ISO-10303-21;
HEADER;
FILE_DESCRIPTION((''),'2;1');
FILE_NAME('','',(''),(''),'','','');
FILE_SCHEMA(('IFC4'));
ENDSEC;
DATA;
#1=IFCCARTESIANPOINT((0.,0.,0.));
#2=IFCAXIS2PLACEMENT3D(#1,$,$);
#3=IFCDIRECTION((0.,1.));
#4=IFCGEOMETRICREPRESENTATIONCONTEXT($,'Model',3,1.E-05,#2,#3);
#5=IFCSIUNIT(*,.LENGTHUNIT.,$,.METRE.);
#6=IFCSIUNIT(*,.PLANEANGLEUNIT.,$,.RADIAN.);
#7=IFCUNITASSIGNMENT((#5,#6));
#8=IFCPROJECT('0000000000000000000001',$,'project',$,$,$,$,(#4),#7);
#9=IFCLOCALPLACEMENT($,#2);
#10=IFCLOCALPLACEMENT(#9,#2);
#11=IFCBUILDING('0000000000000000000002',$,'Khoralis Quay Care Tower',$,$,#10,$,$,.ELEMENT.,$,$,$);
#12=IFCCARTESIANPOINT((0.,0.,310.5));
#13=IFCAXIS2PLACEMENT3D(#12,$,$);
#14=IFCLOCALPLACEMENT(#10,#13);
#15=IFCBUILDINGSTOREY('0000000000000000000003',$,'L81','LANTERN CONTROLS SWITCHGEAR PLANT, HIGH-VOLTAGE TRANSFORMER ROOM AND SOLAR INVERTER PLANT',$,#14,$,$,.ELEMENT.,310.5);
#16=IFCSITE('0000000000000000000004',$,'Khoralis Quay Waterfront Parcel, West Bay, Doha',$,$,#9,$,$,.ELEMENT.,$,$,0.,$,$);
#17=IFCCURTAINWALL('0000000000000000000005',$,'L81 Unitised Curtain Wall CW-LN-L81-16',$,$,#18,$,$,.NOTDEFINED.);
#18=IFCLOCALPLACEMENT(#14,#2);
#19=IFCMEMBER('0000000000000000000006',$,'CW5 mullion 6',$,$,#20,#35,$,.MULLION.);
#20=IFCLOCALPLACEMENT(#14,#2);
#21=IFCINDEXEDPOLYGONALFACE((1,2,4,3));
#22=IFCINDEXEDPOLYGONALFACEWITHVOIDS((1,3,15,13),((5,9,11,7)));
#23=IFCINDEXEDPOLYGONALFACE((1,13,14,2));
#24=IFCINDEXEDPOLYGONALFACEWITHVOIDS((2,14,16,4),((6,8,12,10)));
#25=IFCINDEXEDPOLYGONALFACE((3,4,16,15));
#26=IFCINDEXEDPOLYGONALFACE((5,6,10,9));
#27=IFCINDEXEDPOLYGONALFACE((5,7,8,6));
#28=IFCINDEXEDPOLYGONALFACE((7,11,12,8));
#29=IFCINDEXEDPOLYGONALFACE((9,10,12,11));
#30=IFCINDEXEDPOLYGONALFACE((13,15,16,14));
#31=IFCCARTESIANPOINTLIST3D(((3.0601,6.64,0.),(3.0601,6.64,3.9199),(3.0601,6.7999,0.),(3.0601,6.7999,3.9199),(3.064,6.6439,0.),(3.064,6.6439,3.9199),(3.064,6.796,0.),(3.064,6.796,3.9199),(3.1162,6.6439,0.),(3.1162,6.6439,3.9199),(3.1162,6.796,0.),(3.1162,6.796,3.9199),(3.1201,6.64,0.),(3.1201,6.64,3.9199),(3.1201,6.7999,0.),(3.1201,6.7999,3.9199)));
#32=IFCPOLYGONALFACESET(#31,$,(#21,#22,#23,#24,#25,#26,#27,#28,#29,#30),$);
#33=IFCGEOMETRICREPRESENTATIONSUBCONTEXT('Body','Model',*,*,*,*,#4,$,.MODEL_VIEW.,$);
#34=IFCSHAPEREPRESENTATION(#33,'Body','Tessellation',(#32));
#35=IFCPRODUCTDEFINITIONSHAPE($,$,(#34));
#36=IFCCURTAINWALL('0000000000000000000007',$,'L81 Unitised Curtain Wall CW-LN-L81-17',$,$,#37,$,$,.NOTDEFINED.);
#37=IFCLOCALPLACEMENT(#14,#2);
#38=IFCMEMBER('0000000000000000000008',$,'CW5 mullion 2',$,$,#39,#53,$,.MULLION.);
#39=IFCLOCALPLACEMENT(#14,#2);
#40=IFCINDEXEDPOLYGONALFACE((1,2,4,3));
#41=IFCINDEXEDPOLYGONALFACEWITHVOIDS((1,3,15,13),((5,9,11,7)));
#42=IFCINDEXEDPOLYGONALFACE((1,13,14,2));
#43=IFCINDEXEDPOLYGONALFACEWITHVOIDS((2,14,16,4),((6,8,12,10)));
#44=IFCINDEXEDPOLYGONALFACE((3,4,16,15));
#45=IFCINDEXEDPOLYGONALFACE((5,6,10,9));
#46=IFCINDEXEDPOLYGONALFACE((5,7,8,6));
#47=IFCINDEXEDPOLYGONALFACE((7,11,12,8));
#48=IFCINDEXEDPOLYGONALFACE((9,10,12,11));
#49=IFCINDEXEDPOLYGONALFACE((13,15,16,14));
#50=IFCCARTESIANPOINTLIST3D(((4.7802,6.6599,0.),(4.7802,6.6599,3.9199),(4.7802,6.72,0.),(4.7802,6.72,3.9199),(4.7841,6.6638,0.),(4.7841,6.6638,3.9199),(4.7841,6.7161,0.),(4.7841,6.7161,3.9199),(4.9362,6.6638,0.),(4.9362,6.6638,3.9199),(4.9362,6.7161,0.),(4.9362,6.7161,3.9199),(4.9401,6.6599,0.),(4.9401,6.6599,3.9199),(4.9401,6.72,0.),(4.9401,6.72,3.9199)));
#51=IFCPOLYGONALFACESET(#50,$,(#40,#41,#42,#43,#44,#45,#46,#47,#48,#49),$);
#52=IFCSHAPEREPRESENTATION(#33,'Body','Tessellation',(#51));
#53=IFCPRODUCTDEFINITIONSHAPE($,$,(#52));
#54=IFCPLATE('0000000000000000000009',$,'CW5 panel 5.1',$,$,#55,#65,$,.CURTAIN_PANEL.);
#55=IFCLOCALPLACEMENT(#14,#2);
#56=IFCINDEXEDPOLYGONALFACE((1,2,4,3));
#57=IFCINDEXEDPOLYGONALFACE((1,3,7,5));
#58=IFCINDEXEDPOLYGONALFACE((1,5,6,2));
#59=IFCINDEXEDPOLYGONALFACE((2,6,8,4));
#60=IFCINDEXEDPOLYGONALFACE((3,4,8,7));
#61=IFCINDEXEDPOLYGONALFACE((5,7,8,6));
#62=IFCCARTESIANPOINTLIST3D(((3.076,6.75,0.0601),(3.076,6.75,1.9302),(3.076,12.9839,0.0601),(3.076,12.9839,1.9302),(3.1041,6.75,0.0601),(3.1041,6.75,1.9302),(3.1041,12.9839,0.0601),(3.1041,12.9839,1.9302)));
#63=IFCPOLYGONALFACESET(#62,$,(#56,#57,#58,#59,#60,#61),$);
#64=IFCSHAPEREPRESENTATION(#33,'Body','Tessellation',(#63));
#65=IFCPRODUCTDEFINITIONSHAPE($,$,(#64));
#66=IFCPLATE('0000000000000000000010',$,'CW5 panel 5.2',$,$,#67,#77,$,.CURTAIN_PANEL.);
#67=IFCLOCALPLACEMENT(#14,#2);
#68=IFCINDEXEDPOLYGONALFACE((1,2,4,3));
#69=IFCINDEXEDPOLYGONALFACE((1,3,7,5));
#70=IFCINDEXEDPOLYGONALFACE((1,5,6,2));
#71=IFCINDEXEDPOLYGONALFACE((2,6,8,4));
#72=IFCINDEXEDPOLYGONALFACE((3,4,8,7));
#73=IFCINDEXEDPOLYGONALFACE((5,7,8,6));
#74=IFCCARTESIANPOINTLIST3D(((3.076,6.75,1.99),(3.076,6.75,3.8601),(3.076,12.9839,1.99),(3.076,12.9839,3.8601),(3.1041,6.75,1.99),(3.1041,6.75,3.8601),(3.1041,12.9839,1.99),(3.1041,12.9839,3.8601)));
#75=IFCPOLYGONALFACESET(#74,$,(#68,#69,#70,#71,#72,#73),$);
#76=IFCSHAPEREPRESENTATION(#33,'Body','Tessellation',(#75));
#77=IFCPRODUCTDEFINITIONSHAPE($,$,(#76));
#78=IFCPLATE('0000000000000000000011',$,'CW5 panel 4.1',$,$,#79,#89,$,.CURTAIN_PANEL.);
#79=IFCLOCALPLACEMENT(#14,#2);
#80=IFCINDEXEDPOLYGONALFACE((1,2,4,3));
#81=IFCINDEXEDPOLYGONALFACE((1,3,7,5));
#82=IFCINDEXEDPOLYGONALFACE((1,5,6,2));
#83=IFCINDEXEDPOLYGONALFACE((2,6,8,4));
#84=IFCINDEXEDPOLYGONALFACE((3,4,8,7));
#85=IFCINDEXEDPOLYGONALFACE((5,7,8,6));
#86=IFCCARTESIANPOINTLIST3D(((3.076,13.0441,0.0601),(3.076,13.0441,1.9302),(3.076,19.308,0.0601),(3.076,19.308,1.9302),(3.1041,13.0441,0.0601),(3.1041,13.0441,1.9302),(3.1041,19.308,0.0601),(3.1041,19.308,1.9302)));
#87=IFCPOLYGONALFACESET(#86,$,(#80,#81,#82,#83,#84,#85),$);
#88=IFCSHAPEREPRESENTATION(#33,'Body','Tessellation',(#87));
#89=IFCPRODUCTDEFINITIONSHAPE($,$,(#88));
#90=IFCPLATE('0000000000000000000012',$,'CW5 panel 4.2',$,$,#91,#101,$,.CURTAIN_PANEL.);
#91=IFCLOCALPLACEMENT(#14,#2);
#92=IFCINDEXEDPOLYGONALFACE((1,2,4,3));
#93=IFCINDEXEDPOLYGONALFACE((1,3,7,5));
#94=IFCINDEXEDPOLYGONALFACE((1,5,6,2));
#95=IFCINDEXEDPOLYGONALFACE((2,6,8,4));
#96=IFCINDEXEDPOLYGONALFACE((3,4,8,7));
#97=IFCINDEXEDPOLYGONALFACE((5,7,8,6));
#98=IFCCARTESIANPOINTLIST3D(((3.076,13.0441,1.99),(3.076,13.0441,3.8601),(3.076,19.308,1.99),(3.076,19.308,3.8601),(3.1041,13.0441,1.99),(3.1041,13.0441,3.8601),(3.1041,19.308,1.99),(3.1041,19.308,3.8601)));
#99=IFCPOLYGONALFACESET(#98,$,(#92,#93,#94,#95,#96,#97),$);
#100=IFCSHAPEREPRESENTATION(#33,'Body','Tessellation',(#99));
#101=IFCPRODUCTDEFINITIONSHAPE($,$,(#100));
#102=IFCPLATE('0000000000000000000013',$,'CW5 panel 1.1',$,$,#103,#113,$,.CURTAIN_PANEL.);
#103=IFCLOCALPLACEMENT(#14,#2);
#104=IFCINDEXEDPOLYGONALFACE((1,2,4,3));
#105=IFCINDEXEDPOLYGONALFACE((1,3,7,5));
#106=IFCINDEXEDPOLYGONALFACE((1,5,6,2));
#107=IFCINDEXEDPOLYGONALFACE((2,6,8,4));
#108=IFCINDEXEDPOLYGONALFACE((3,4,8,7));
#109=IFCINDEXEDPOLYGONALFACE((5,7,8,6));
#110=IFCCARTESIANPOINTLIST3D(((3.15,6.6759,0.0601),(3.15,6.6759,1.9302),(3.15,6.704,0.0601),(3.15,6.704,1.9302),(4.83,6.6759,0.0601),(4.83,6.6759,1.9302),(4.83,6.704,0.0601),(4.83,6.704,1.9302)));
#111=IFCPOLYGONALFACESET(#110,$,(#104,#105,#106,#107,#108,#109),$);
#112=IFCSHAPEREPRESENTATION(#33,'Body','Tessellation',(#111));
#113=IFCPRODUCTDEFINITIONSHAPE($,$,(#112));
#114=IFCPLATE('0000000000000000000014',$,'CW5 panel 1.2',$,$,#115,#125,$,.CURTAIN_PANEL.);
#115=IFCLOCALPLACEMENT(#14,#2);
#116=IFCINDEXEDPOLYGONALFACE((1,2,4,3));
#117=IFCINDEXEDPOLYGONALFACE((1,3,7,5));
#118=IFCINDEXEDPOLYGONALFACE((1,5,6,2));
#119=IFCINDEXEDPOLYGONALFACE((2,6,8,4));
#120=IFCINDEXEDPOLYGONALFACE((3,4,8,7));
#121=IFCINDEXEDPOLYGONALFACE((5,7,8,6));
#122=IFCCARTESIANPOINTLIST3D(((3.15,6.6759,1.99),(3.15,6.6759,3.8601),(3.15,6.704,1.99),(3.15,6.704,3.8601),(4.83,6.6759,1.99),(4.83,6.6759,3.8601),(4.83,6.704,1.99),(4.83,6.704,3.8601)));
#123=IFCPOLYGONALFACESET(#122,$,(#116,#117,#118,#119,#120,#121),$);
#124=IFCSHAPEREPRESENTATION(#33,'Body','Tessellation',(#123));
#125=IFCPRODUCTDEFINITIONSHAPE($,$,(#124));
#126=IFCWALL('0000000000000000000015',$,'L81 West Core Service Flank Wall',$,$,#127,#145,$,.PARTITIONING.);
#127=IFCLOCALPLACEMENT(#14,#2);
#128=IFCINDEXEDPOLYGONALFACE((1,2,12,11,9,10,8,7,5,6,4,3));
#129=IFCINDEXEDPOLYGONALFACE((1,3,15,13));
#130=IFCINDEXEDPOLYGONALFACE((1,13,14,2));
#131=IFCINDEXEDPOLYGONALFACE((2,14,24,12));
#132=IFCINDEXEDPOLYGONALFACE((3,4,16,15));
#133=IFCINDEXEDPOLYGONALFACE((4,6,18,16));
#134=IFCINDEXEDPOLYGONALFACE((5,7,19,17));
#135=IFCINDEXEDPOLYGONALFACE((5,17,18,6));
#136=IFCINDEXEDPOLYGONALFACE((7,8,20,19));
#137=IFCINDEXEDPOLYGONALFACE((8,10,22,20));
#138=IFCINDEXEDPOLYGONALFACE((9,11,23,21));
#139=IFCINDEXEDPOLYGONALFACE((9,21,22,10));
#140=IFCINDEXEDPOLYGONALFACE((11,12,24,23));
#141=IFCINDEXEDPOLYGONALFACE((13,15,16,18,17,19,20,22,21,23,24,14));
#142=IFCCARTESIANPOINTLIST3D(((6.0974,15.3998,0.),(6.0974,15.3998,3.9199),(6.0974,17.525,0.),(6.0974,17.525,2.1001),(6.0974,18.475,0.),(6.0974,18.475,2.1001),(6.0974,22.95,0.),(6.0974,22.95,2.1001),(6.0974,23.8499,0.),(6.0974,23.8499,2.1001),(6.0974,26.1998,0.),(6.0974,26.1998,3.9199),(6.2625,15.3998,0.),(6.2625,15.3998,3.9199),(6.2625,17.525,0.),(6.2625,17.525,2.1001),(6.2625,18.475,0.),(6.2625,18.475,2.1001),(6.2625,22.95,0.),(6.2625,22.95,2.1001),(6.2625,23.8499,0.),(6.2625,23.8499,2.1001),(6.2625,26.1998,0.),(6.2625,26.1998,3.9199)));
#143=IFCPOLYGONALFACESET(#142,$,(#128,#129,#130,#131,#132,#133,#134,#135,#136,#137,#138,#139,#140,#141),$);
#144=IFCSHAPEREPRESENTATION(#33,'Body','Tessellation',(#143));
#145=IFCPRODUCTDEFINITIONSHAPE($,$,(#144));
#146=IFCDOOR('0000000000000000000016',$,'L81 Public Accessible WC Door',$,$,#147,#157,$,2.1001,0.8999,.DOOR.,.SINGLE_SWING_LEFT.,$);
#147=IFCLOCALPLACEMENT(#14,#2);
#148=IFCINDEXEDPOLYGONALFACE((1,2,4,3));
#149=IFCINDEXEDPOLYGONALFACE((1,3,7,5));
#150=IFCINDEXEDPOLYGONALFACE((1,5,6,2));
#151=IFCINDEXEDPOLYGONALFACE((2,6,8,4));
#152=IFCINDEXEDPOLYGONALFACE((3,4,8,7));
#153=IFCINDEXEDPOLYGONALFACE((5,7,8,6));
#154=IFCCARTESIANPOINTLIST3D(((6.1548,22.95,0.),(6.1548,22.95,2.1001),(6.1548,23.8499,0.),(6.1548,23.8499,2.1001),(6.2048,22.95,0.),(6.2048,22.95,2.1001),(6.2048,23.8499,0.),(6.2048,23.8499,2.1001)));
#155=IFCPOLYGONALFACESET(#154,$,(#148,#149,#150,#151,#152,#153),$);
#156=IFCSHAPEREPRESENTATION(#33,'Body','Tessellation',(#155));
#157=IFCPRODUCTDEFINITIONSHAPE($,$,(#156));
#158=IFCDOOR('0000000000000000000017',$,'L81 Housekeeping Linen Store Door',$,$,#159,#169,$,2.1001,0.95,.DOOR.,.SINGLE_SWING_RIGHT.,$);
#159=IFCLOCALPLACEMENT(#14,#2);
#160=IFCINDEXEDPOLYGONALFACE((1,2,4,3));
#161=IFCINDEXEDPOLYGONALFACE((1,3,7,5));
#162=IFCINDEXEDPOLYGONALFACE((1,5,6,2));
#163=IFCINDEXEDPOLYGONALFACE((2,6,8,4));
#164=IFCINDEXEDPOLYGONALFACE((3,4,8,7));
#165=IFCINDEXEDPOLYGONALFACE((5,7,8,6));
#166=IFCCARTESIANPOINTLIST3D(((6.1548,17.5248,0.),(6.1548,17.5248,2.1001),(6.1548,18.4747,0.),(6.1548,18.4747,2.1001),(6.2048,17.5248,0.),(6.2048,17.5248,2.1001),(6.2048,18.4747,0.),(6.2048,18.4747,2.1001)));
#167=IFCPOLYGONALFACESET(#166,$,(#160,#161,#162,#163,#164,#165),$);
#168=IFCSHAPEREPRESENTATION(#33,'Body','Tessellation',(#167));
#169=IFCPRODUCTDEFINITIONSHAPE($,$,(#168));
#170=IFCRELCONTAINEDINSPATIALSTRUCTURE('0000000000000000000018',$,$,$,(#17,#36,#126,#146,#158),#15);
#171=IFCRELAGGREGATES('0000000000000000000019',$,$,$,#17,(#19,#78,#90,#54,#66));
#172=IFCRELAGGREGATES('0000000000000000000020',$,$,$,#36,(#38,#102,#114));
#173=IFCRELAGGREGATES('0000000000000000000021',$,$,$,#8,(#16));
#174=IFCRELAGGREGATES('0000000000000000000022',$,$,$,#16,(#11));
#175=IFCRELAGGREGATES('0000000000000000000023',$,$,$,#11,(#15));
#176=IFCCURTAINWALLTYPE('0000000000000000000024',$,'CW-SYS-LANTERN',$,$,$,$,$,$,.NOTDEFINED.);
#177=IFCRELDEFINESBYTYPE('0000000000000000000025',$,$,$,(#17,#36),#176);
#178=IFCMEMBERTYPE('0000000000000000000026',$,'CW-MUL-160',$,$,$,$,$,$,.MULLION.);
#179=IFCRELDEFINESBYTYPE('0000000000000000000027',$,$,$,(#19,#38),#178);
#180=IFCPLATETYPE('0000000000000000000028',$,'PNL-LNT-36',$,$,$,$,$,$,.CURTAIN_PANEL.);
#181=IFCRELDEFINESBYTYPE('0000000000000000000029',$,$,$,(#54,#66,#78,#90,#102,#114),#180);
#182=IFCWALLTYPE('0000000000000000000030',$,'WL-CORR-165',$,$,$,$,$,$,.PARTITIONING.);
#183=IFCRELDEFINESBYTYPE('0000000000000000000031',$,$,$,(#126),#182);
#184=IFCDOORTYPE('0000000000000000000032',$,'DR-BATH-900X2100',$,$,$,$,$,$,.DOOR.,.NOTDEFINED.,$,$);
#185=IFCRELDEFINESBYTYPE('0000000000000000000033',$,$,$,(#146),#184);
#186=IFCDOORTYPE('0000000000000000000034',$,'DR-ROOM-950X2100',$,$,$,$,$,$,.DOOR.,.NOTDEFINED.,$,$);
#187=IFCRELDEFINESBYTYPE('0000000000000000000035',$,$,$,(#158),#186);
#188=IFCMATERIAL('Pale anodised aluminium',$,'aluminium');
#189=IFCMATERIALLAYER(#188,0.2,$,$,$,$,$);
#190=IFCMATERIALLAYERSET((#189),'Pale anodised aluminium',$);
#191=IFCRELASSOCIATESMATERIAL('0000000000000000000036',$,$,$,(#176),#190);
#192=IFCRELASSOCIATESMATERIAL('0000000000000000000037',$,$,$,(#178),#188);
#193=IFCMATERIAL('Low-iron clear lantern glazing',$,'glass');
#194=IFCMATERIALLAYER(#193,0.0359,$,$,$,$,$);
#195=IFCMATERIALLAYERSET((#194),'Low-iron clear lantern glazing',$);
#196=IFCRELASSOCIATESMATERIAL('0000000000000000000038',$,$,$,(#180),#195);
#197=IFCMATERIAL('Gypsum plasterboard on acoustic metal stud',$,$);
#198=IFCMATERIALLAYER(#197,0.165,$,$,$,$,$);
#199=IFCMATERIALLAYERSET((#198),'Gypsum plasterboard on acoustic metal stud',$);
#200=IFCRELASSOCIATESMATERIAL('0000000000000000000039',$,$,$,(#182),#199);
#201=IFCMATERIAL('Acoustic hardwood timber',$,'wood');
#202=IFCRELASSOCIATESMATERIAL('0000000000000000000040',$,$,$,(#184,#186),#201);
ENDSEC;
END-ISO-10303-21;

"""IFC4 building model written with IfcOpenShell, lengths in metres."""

from ifc_helpers import new_model, si_unit, direction, frame, frame_2d, origin, origin_2d, place, context, subcontext, project, spatial, rectangle, hollow_rectangle, extrude, source, transform, mapped, material, layer, layer_set, material_profile, profile_set, type_object, element, fill, aggregate, save


model = new_model("IFC4")

# Units and contexts
model_context = context("Model", 3, precision=1e-05, world=origin(), true_north=direction((0.0, 1.0)))
body_context = subcontext(model_context, "Body", "Model", "MODEL_VIEW")
ifc_project = project(units=[si_unit("LENGTHUNIT", "METRE"), si_unit("PLANEANGLEUNIT", "RADIAN")], contexts=[model_context])

# Site, building, storey
site_placement = place(None, origin())
site = spatial("IfcSite", under=ifc_project, at=site_placement, Name="Khoralis Quay Waterfront Parcel, West Bay, Doha", CompositionType="ELEMENT", RefElevation=0.0)
building_placement = place(site_placement, origin())
building = spatial("IfcBuilding", under=site, at=building_placement, Name="Khoralis Quay Care Tower", CompositionType="ELEMENT")
storey_placement = place(building_placement, frame((0.0, 0.0, 310.5)))
storey = spatial("IfcBuildingStorey", under=building, at=storey_placement, Name="L81", Description="LANTERN CONTROLS SWITCHGEAR PLANT, HIGH-VOLTAGE TRANSFORMER ROOM AND SOLAR INVERTER PLANT", CompositionType="ELEMENT", Elevation=310.5)

# Curtain wall, member
ifc_material_1 = material(Name="Pale anodised aluminium", Category="aluminium")
ifc_layer_1 = layer(ifc_material_1, 0.2)
ifc_layer_set_1 = layer_set([ifc_layer_1], Name="Pale anodised aluminium")
curtain_wall_type = type_object("IfcCurtainWallType", Name="CW-SYS-LANTERN", PredefinedType="NOTDEFINED", material=ifc_layer_set_1)
curtain_wall_1_placement = place(storey_placement, origin())
curtain_wall_1 = element("IfcCurtainWall", 1, at=curtain_wall_1_placement, inside=storey, type_object=curtain_wall_type, Name="L81 Unitised Curtain Wall CW-LN-L81-16", PredefinedType="NOTDEFINED")
ifc_material_profile_1 = material_profile(ifc_material_1, hollow_rectangle(XDim=0.0601, YDim=0.1599, WallThickness=0.0039, at=origin_2d()), Name="Pale anodised aluminium")
ifc_profile_set_1 = profile_set([ifc_material_profile_1], Name="Pale anodised aluminium")
member_type_1 = type_object("IfcMemberType", Name="CW-MUL-160", PredefinedType="MULLION", material=ifc_profile_set_1)
shared_shape_1 = source(origin(), body_context, "Body", "SweptSolid", [
    extrude(hollow_rectangle(XDim=0.0601, YDim=0.1599, WallThickness=0.0039, at=origin_2d()), origin(), (0.0, 0.0, 1.0), 3.9199),
])
member_1_placement = place(storey_placement, frame((3.0901, 6.72, 0.0), z_axis=(0.0, 0.0, 1.0), x_axis=(1.0, 0.0, 0.0)))
member_1 = element("IfcMember", 2, at=member_1_placement, type_object=member_type_1, Name="CW5 mullion 6", PredefinedType="MULLION", context=body_context, shape_type="MappedRepresentation", body=[
    mapped(shared_shape_1, transform((0.0, 0.0, 0.0), scale=1.0)),
])

# Curtain wall, member
curtain_wall_2_placement = place(storey_placement, origin())
curtain_wall_2 = element("IfcCurtainWall", 3, at=curtain_wall_2_placement, inside=storey, type_object=curtain_wall_type, Name="L81 Unitised Curtain Wall CW-LN-L81-17", PredefinedType="NOTDEFINED")
member_2_placement = place(storey_placement, frame((4.8601, 6.6899, 0.0), z_axis=(0.0, 0.0, 1.0), x_axis=(0.0, 1.0, 0.0)))
member_2 = element("IfcMember", 4, at=member_2_placement, type_object=member_type_1, Name="CW5 mullion 2", PredefinedType="MULLION", context=body_context, shape_type="MappedRepresentation", body=[
    mapped(shared_shape_1, transform((0.0, 0.0, 0.0), scale=1.0)),
])

# Plates
ifc_material_2 = material(Name="Low-iron clear lantern glazing", Category="glass")
ifc_layer_2 = layer(ifc_material_2, 0.0359)
ifc_layer_set_2 = layer_set([ifc_layer_2], Name="Low-iron clear lantern glazing")
plate_type = type_object("IfcPlateType", Name="PNL-LNT-36", PredefinedType="CURTAIN_PANEL", material=ifc_layer_set_2)
shared_shape_2 = source(origin(), body_context, "Body", "SweptSolid", [
    extrude(rectangle(XDim=6.2339, YDim=0.0281, at=origin_2d()), origin(), (0.0, 0.0, 1.0), 1.8701),
])
plate_1_placement = place(storey_placement, frame((3.0901, 9.8669, 0.0601), z_axis=(0.0, 0.0, 1.0), x_axis=(0.0, -1.0, 0.0)))
plate_1 = element("IfcPlate", 5, at=plate_1_placement, type_object=plate_type, Name="CW5 panel 5.1", PredefinedType="CURTAIN_PANEL", context=body_context, shape_type="MappedRepresentation", body=[
    mapped(shared_shape_2, transform((0.0, 0.0, 0.0), scale=1.0)),
])
plate_2_placement = place(storey_placement, frame((3.0901, 9.8669, 1.99), z_axis=(0.0, 0.0, 1.0), x_axis=(0.0, -1.0, 0.0)))
plate_2 = element("IfcPlate", 6, at=plate_2_placement, type_object=plate_type, Name="CW5 panel 5.2", PredefinedType="CURTAIN_PANEL", context=body_context, shape_type="MappedRepresentation", body=[
    mapped(shared_shape_2, transform((0.0, 0.0, 0.0), scale=1.0)),
])
shared_shape_3 = source(origin(), body_context, "Body", "SweptSolid", [
    extrude(rectangle(XDim=6.2639, YDim=0.0281, at=origin_2d()), origin(), (0.0, 0.0, 1.0), 1.8701),
])
plate_3_placement = place(storey_placement, frame((3.0901, 16.176, 0.0601), z_axis=(0.0, 0.0, 1.0), x_axis=(0.0, -1.0, 0.0)))
plate_3 = element("IfcPlate", 7, at=plate_3_placement, type_object=plate_type, Name="CW5 panel 4.1", PredefinedType="CURTAIN_PANEL", context=body_context, shape_type="MappedRepresentation", body=[
    mapped(shared_shape_3, transform((0.0, 0.0, 0.0), scale=1.0)),
])
plate_4_placement = place(storey_placement, frame((3.0901, 16.176, 1.99), z_axis=(0.0, 0.0, 1.0), x_axis=(0.0, -1.0, 0.0)))
plate_4 = element("IfcPlate", 8, at=plate_4_placement, type_object=plate_type, Name="CW5 panel 4.2", PredefinedType="CURTAIN_PANEL", context=body_context, shape_type="MappedRepresentation", body=[
    mapped(shared_shape_3, transform((0.0, 0.0, 0.0), scale=1.0)),
])
aggregate(curtain_wall_1, [member_1, plate_3, plate_4, plate_1, plate_2])
shared_shape_4 = source(origin(), body_context, "Body", "SweptSolid", [
    extrude(rectangle(XDim=1.6799, YDim=0.0281, at=origin_2d()), origin(), (0.0, 0.0, 1.0), 1.8701),
])
plate_5_placement = place(storey_placement, frame((3.99, 6.6899, 0.0601), z_axis=(0.0, 0.0, 1.0), x_axis=(1.0, 0.0, 0.0)))
plate_5 = element("IfcPlate", 9, at=plate_5_placement, type_object=plate_type, Name="CW5 panel 1.1", PredefinedType="CURTAIN_PANEL", context=body_context, shape_type="MappedRepresentation", body=[
    mapped(shared_shape_4, transform((0.0, 0.0, 0.0), scale=1.0)),
])
plate_6_placement = place(storey_placement, frame((3.99, 6.6899, 1.99), z_axis=(0.0, 0.0, 1.0), x_axis=(1.0, 0.0, 0.0)))
plate_6 = element("IfcPlate", 10, at=plate_6_placement, type_object=plate_type, Name="CW5 panel 1.2", PredefinedType="CURTAIN_PANEL", context=body_context, shape_type="MappedRepresentation", body=[
    mapped(shared_shape_4, transform((0.0, 0.0, 0.0), scale=1.0)),
])
aggregate(curtain_wall_2, [member_2, plate_5, plate_6])

# Wall, openings, doors
ifc_material_3 = material(Name="Gypsum plasterboard on acoustic metal stud")
ifc_layer_3 = layer(ifc_material_3, 0.165)
ifc_layer_set_3 = layer_set([ifc_layer_3], Name="Gypsum plasterboard on acoustic metal stud")
wall_type = type_object("IfcWallType", Name="WL-CORR-165", PredefinedType="PARTITIONING", material=ifc_layer_set_3)
wall_placement = place(storey_placement, frame((6.1799, 15.3999, 0.0), z_axis=(0.0, 0.0, 1.0), x_axis=(0.0, 1.0, 0.0)))
wall = element("IfcWall", 11, at=wall_placement, inside=storey, type_object=wall_type, Name="L81 West Core Service Flank Wall", PredefinedType="PARTITIONING", context=body_context, shape_type="SweptSolid", body=[
    extrude(rectangle(XDim=10.8, YDim=0.165, at=frame_2d((5.3999, 0.0))), origin(), (0.0, 0.0, 1.0), 3.9199),
])
opening_1_placement = place(wall_placement, frame((2.125, 0.0, 0.0)))
opening_1 = element("IfcOpeningElement", 12, at=opening_1_placement, cuts=wall, PredefinedType="OPENING", context=body_context, shape_type="SweptSolid", body=[
    extrude(rectangle(XDim=0.95, YDim=2.1001, at=frame_2d((0.4751, 1.05))), frame((0.0, 0.0925, 0.0), z_axis=(0.0, -1.0, 0.0), x_axis=(1.0, 0.0, 0.0)), (0.0, 0.0, 1.0), 0.1851),
])
opening_2_placement = place(wall_placement, frame((7.55, 0.0, 0.0)))
opening_2 = element("IfcOpeningElement", 13, at=opening_2_placement, cuts=wall, PredefinedType="OPENING", context=body_context, shape_type="SweptSolid", body=[
    extrude(rectangle(XDim=0.8999, YDim=2.1001, at=frame_2d((0.45, 1.05))), frame((0.0, 0.0925, 0.0), z_axis=(0.0, -1.0, 0.0), x_axis=(1.0, 0.0, 0.0)), (0.0, 0.0, 1.0), 0.1851),
])
ifc_material_4 = material(Name="Acoustic hardwood timber", Category="wood")
door_type_1 = type_object("IfcDoorType", Name="DR-BATH-900X2100", OperationType="NOTDEFINED", PredefinedType="DOOR", material=ifc_material_4)
shared_shape_5 = source(origin(), body_context, "Body", "SweptSolid", [
    extrude(rectangle(XDim=0.8999, YDim=2.1001, at=frame_2d((0.45, 1.05))), frame((0.0, 0.0249, 0.0), z_axis=(0.0, -1.0, 0.0), x_axis=(1.0, 0.0, 0.0)), (0.0, 0.0, 1.0), 0.05),
])
door_1_placement = place(opening_2_placement, frame((0.8999, 0.0, 0.0), z_axis=(0.0, 0.0, 1.0), x_axis=(-1.0, 0.0, 0.0)))
door_1 = element("IfcDoor", 14, at=door_1_placement, inside=storey, type_object=door_type_1, Name="L81 Public Accessible WC Door", OperationType="SINGLE_SWING_LEFT", OverallHeight=2.1001, OverallWidth=0.8999, PredefinedType="DOOR", context=body_context, shape_type="MappedRepresentation", body=[
    mapped(shared_shape_5, transform((0.0, 0.0, 0.0), scale=1.0)),
])
fill(opening_2, door_1)
door_type_2 = type_object("IfcDoorType", Name="DR-ROOM-950X2100", OperationType="NOTDEFINED", PredefinedType="DOOR", material=ifc_material_4)
shared_shape_6 = source(origin(), body_context, "Body", "SweptSolid", [
    extrude(rectangle(XDim=0.95, YDim=2.1001, at=frame_2d((0.4751, 1.05))), frame((0.0, 0.0249, 0.0), z_axis=(0.0, -1.0, 0.0), x_axis=(1.0, 0.0, 0.0)), (0.0, 0.0, 1.0), 0.05),
])
door_2_placement = place(opening_1_placement, frame((0.95, 0.0, 0.0), z_axis=(0.0, 0.0, 1.0), x_axis=(-1.0, 0.0, 0.0)))
door_2 = element("IfcDoor", 15, at=door_2_placement, inside=storey, type_object=door_type_2, Name="L81 Housekeeping Linen Store Door", OperationType="SINGLE_SWING_RIGHT", OverallHeight=2.1001, OverallWidth=0.95, PredefinedType="DOOR", context=body_context, shape_type="MappedRepresentation", body=[
    mapped(shared_shape_6, transform((0.0, 0.0, 0.0), scale=1.0)),
])
fill(opening_1, door_2)

save(model, "model.ifc")
